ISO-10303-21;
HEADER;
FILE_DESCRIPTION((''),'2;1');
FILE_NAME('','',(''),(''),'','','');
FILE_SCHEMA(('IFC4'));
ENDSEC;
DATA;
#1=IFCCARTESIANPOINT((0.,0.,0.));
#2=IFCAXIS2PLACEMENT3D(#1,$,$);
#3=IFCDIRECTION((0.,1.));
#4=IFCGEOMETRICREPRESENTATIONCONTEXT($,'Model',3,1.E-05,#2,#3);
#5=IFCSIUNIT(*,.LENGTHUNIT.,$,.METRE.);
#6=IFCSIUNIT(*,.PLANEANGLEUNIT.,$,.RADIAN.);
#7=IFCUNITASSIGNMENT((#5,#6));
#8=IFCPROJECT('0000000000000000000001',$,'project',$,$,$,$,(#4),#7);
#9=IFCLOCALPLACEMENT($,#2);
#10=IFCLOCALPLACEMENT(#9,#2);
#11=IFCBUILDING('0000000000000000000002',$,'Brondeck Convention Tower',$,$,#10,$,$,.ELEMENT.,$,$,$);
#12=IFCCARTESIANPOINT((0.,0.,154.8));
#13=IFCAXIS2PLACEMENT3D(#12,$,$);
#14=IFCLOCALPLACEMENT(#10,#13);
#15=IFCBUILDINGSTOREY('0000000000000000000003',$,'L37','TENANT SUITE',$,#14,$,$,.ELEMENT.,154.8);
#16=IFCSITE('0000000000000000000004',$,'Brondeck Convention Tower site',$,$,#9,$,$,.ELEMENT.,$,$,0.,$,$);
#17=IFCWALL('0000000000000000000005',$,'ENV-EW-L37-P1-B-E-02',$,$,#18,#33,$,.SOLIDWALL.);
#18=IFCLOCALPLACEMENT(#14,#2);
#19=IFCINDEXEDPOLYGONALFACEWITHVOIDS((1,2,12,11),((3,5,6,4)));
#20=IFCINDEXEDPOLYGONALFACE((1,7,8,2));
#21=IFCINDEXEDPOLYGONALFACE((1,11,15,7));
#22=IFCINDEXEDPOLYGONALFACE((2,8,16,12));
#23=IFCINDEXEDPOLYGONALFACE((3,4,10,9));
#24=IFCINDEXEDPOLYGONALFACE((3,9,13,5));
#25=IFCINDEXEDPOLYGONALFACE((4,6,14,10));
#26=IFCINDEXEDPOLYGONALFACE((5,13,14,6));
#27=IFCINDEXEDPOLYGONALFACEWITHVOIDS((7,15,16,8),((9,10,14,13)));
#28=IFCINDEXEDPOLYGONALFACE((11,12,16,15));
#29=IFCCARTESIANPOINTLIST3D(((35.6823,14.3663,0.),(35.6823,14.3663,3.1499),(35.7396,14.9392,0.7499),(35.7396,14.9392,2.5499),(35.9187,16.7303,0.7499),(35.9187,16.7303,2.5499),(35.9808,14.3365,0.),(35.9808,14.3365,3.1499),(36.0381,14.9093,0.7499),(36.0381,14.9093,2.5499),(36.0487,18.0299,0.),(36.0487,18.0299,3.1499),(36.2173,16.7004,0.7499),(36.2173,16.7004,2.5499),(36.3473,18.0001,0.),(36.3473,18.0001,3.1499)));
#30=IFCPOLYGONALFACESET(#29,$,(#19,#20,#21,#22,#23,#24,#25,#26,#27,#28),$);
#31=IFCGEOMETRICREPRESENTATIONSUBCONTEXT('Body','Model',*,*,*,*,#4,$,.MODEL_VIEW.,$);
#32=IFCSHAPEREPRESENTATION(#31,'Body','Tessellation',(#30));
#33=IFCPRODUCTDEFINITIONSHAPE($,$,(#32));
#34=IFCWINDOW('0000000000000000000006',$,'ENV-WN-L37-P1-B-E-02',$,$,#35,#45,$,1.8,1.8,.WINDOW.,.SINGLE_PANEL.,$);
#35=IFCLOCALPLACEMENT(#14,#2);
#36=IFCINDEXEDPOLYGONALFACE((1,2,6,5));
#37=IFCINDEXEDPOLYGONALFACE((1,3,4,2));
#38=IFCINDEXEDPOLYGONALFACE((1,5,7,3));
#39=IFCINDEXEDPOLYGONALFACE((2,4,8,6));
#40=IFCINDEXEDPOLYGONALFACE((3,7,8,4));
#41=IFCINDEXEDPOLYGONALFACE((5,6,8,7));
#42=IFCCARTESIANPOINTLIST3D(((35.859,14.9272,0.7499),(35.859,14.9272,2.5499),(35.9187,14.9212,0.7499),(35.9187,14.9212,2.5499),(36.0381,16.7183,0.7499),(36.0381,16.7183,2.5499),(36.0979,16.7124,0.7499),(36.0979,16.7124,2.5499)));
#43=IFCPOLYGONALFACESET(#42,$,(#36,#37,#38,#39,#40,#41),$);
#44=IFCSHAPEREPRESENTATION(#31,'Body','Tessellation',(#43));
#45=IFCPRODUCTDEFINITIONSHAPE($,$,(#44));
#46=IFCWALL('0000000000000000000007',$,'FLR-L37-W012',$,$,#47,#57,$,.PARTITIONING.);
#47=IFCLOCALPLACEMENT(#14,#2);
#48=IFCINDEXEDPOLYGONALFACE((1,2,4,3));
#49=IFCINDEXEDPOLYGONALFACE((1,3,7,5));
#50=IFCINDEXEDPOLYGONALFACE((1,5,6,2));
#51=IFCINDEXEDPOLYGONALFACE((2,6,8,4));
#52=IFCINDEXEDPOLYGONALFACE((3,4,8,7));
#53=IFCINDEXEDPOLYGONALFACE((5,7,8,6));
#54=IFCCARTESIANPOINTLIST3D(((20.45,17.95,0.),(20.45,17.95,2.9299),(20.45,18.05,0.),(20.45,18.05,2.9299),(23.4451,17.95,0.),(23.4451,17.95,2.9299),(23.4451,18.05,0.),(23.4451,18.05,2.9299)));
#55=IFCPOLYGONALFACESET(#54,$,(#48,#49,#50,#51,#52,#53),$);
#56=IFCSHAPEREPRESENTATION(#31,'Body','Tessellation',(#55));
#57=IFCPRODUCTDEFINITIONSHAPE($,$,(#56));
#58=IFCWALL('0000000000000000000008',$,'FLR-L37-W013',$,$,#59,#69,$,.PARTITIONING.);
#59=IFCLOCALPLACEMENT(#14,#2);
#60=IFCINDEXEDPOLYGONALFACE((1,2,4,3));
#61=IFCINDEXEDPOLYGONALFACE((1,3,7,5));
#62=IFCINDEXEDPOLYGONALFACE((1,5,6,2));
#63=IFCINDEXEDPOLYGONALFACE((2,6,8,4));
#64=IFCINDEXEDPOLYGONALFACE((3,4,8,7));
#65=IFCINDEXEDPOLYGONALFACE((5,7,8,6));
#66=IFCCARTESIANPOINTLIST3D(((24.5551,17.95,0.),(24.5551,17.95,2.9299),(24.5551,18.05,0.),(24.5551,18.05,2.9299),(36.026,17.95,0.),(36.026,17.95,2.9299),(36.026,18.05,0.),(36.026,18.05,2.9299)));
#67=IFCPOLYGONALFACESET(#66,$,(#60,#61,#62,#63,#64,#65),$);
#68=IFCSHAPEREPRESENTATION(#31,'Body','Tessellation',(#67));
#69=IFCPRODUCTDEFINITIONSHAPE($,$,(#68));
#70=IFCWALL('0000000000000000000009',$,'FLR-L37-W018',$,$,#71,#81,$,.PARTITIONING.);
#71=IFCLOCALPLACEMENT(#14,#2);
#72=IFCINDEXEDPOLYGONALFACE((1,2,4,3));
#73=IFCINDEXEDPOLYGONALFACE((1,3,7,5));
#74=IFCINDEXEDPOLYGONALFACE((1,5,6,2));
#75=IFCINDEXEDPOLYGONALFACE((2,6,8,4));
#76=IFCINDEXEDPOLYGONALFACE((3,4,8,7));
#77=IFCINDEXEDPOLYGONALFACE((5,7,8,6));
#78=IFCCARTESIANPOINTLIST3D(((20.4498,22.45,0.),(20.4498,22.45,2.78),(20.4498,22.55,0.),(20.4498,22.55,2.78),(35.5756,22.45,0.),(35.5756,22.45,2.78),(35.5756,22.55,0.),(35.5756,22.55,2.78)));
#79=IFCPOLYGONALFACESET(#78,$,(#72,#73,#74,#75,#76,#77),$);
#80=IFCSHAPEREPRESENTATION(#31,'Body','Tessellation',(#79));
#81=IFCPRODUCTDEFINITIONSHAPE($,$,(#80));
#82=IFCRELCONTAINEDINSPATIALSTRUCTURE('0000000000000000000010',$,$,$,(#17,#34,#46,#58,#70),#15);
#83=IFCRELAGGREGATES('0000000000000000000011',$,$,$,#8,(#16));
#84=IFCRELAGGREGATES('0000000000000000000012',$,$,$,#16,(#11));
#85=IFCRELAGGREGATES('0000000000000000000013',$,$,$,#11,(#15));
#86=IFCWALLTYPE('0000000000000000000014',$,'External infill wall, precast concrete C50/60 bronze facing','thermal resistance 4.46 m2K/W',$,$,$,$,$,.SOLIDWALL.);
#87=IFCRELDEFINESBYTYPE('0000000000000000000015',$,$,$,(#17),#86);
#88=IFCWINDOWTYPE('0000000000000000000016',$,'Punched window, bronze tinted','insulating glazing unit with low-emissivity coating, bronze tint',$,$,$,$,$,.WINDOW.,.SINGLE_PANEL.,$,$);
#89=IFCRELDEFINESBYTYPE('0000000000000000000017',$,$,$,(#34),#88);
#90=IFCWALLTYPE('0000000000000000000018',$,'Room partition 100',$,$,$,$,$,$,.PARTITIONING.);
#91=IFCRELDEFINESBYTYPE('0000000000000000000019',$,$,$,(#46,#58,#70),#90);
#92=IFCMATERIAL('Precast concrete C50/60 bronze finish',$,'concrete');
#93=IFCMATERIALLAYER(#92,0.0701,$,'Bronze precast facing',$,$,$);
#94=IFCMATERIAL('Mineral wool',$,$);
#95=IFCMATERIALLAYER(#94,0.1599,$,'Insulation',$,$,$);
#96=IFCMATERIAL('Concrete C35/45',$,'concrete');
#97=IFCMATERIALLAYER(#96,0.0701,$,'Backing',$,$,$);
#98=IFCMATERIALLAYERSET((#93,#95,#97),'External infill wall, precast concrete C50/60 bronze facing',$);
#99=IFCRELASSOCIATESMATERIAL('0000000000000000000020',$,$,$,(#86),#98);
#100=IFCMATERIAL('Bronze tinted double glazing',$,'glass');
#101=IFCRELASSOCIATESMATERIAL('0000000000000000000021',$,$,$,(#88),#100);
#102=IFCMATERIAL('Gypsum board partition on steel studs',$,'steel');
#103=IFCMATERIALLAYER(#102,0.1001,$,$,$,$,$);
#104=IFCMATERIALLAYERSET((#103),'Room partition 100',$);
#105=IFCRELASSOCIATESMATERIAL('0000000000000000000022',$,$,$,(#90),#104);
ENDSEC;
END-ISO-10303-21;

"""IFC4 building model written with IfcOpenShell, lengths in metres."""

from ifc_helpers import new_model, si_unit, direction, frame, frame_2d, origin, place, context, subcontext, project, spatial, rectangle, extrude, material, layer, layer_set, type_object, element, fill, save


model = new_model("IFC4")

# Units and contexts
model_context = context("Model", 3, precision=1e-05, world=origin(), true_north=direction((0.0, 1.0)))
body_context = subcontext(model_context, "Body", "Model", "MODEL_VIEW")
ifc_project = project(units=[si_unit("LENGTHUNIT", "METRE"), si_unit("PLANEANGLEUNIT", "RADIAN")], contexts=[model_context])

# Site, building, storey
site_placement = place(None, origin())
site = spatial("IfcSite", under=ifc_project, at=site_placement, Name="Brondeck Convention Tower site", CompositionType="ELEMENT", RefElevation=0.0)
building_placement = place(site_placement, origin())
building = spatial("IfcBuilding", under=site, at=building_placement, Name="Brondeck Convention Tower", CompositionType="ELEMENT")
storey_placement = place(building_placement, frame((0.0, 0.0, 154.8)))
storey = spatial("IfcBuildingStorey", under=building, at=storey_placement, Name="L37", Description="TENANT SUITE", CompositionType="ELEMENT", Elevation=154.8)

# Shared definitions
ifc_material_1 = material(Name="Precast concrete C50/60 bronze finish", Category="concrete")
ifc_layer_1 = layer(ifc_material_1, 0.0701, Name="Bronze precast facing")
ifc_material_2 = material(Name="Mineral wool")
ifc_layer_2 = layer(ifc_material_2, 0.1599, Name="Insulation")
ifc_material_3 = material(Name="Concrete C35/45", Category="concrete")
ifc_layer_3 = layer(ifc_material_3, 0.0701, Name="Backing")
ifc_layer_set_1 = layer_set([ifc_layer_1, ifc_layer_2, ifc_layer_3], Name="External infill wall, precast concrete C50/60 bronze facing")
wall_type_1 = type_object("IfcWallType", Name="External infill wall, precast concrete C50/60 bronze facing", Description="thermal resistance 4.46 m2K/W", PredefinedType="SOLIDWALL", material=ifc_layer_set_1)
ifc_material_4 = material(Name="Bronze tinted double glazing", Category="glass")
window_type_1 = type_object("IfcWindowType", Name="Punched window, bronze tinted", Description="insulating glazing unit with low-emissivity coating, bronze tint", PartitioningType="SINGLE_PANEL", PredefinedType="WINDOW", material=ifc_material_4)

# Wall, opening, window
wall_1_placement = place(storey_placement, frame((36.198, 18.0149, 0.0), z_axis=(0.0, 0.0, 1.0), x_axis=(-0.09953, -0.995035, 0.0)))
wall_1 = element("IfcWall", 1, at=wall_1_placement, inside=storey, type_object=wall_type_1, Name="ENV-EW-L37-P1-B-E-02", PredefinedType="SOLIDWALL", context=body_context, shape_type="SweptSolid", body=[
    extrude(rectangle(XDim=3.6819, YDim=0.3, at=frame_2d((1.8408, 0.0))), origin(), (0.0, 0.0, 1.0), 3.1499),
])
opening_1_placement = place(wall_1_placement, frame((1.3062, 0.0, 0.75)))
opening_1 = element("IfcOpeningElement", 2, at=opening_1_placement, cuts=wall_1, PredefinedType="OPENING", context=body_context, shape_type="SweptSolid", body=[
    extrude(rectangle(XDim=1.8, YDim=1.8, at=frame_2d((0.8999, 0.8999))), frame((0.0, 0.1599, 0.0), z_axis=(0.0, -1.0, 0.0), x_axis=(1.0, 0.0, 0.0)), (0.0, 0.0, 1.0), 0.3201),
])
window_1_placement = place(opening_1_placement, origin())
window_1 = element("IfcWindow", 3, at=window_1_placement, inside=storey, type_object=window_type_1, Name="ENV-WN-L37-P1-B-E-02", OverallHeight=1.8, OverallWidth=1.8, PartitioningType="SINGLE_PANEL", PredefinedType="WINDOW", context=body_context, shape_type="SweptSolid", body=[
    extrude(rectangle(XDim=1.8, YDim=1.8, at=frame_2d((0.8999, 0.8999))), frame((0.0, 0.03, 0.0), z_axis=(0.0, -1.0, 0.0), x_axis=(1.0, 0.0, 0.0)), (0.0, 0.0, 1.0), 0.0601),
])
fill(opening_1, window_1)

# Walls
ifc_material_5 = material(Name="Gypsum board partition on steel studs", Category="steel")
ifc_layer_4 = layer(ifc_material_5, 0.1001)
ifc_layer_set_2 = layer_set([ifc_layer_4], Name="Room partition 100")
wall_type_2 = type_object("IfcWallType", Name="Room partition 100", PredefinedType="PARTITIONING", material=ifc_layer_set_2)
wall_2_placement = place(storey_placement, frame((23.4451, 18.0, 0.0), z_axis=(0.0, 0.0, 1.0), x_axis=(-1.0, 0.0, 0.0)))
element("IfcWall", 4, at=wall_2_placement, inside=storey, type_object=wall_type_2, Name="FLR-L37-W012", PredefinedType="PARTITIONING", context=body_context, shape_type="SweptSolid", body=[
    extrude(rectangle(XDim=2.9951, YDim=0.1001, at=frame_2d((1.4976, 0.0))), origin(), (0.0, 0.0, 1.0), 2.9299),
])
wall_3_placement = place(storey_placement, frame((36.0259, 18.0, 0.0), z_axis=(0.0, 0.0, 1.0), x_axis=(-1.0, 0.0, 0.0)))
element("IfcWall", 5, at=wall_3_placement, inside=storey, type_object=wall_type_2, Name="FLR-L37-W013", PredefinedType="PARTITIONING", context=body_context, shape_type="SweptSolid", body=[
    extrude(rectangle(XDim=11.4709, YDim=0.1001, at=frame_2d((5.7354, 0.0))), origin(), (0.0, 0.0, 1.0), 2.9299),
])
wall_4_placement = place(storey_placement, frame((35.5757, 22.5, 0.0), z_axis=(0.0, 0.0, 1.0), x_axis=(-1.0, 0.0, 0.0)))
element("IfcWall", 6, at=wall_4_placement, inside=storey, type_object=wall_type_2, Name="FLR-L37-W018", PredefinedType="PARTITIONING", context=body_context, shape_type="SweptSolid", body=[
    extrude(rectangle(XDim=15.1257, YDim=0.1001, at=frame_2d((7.563, 0.0))), origin(), (0.0, 0.0, 1.0), 2.78),
])

save(model, "model.ifc")
